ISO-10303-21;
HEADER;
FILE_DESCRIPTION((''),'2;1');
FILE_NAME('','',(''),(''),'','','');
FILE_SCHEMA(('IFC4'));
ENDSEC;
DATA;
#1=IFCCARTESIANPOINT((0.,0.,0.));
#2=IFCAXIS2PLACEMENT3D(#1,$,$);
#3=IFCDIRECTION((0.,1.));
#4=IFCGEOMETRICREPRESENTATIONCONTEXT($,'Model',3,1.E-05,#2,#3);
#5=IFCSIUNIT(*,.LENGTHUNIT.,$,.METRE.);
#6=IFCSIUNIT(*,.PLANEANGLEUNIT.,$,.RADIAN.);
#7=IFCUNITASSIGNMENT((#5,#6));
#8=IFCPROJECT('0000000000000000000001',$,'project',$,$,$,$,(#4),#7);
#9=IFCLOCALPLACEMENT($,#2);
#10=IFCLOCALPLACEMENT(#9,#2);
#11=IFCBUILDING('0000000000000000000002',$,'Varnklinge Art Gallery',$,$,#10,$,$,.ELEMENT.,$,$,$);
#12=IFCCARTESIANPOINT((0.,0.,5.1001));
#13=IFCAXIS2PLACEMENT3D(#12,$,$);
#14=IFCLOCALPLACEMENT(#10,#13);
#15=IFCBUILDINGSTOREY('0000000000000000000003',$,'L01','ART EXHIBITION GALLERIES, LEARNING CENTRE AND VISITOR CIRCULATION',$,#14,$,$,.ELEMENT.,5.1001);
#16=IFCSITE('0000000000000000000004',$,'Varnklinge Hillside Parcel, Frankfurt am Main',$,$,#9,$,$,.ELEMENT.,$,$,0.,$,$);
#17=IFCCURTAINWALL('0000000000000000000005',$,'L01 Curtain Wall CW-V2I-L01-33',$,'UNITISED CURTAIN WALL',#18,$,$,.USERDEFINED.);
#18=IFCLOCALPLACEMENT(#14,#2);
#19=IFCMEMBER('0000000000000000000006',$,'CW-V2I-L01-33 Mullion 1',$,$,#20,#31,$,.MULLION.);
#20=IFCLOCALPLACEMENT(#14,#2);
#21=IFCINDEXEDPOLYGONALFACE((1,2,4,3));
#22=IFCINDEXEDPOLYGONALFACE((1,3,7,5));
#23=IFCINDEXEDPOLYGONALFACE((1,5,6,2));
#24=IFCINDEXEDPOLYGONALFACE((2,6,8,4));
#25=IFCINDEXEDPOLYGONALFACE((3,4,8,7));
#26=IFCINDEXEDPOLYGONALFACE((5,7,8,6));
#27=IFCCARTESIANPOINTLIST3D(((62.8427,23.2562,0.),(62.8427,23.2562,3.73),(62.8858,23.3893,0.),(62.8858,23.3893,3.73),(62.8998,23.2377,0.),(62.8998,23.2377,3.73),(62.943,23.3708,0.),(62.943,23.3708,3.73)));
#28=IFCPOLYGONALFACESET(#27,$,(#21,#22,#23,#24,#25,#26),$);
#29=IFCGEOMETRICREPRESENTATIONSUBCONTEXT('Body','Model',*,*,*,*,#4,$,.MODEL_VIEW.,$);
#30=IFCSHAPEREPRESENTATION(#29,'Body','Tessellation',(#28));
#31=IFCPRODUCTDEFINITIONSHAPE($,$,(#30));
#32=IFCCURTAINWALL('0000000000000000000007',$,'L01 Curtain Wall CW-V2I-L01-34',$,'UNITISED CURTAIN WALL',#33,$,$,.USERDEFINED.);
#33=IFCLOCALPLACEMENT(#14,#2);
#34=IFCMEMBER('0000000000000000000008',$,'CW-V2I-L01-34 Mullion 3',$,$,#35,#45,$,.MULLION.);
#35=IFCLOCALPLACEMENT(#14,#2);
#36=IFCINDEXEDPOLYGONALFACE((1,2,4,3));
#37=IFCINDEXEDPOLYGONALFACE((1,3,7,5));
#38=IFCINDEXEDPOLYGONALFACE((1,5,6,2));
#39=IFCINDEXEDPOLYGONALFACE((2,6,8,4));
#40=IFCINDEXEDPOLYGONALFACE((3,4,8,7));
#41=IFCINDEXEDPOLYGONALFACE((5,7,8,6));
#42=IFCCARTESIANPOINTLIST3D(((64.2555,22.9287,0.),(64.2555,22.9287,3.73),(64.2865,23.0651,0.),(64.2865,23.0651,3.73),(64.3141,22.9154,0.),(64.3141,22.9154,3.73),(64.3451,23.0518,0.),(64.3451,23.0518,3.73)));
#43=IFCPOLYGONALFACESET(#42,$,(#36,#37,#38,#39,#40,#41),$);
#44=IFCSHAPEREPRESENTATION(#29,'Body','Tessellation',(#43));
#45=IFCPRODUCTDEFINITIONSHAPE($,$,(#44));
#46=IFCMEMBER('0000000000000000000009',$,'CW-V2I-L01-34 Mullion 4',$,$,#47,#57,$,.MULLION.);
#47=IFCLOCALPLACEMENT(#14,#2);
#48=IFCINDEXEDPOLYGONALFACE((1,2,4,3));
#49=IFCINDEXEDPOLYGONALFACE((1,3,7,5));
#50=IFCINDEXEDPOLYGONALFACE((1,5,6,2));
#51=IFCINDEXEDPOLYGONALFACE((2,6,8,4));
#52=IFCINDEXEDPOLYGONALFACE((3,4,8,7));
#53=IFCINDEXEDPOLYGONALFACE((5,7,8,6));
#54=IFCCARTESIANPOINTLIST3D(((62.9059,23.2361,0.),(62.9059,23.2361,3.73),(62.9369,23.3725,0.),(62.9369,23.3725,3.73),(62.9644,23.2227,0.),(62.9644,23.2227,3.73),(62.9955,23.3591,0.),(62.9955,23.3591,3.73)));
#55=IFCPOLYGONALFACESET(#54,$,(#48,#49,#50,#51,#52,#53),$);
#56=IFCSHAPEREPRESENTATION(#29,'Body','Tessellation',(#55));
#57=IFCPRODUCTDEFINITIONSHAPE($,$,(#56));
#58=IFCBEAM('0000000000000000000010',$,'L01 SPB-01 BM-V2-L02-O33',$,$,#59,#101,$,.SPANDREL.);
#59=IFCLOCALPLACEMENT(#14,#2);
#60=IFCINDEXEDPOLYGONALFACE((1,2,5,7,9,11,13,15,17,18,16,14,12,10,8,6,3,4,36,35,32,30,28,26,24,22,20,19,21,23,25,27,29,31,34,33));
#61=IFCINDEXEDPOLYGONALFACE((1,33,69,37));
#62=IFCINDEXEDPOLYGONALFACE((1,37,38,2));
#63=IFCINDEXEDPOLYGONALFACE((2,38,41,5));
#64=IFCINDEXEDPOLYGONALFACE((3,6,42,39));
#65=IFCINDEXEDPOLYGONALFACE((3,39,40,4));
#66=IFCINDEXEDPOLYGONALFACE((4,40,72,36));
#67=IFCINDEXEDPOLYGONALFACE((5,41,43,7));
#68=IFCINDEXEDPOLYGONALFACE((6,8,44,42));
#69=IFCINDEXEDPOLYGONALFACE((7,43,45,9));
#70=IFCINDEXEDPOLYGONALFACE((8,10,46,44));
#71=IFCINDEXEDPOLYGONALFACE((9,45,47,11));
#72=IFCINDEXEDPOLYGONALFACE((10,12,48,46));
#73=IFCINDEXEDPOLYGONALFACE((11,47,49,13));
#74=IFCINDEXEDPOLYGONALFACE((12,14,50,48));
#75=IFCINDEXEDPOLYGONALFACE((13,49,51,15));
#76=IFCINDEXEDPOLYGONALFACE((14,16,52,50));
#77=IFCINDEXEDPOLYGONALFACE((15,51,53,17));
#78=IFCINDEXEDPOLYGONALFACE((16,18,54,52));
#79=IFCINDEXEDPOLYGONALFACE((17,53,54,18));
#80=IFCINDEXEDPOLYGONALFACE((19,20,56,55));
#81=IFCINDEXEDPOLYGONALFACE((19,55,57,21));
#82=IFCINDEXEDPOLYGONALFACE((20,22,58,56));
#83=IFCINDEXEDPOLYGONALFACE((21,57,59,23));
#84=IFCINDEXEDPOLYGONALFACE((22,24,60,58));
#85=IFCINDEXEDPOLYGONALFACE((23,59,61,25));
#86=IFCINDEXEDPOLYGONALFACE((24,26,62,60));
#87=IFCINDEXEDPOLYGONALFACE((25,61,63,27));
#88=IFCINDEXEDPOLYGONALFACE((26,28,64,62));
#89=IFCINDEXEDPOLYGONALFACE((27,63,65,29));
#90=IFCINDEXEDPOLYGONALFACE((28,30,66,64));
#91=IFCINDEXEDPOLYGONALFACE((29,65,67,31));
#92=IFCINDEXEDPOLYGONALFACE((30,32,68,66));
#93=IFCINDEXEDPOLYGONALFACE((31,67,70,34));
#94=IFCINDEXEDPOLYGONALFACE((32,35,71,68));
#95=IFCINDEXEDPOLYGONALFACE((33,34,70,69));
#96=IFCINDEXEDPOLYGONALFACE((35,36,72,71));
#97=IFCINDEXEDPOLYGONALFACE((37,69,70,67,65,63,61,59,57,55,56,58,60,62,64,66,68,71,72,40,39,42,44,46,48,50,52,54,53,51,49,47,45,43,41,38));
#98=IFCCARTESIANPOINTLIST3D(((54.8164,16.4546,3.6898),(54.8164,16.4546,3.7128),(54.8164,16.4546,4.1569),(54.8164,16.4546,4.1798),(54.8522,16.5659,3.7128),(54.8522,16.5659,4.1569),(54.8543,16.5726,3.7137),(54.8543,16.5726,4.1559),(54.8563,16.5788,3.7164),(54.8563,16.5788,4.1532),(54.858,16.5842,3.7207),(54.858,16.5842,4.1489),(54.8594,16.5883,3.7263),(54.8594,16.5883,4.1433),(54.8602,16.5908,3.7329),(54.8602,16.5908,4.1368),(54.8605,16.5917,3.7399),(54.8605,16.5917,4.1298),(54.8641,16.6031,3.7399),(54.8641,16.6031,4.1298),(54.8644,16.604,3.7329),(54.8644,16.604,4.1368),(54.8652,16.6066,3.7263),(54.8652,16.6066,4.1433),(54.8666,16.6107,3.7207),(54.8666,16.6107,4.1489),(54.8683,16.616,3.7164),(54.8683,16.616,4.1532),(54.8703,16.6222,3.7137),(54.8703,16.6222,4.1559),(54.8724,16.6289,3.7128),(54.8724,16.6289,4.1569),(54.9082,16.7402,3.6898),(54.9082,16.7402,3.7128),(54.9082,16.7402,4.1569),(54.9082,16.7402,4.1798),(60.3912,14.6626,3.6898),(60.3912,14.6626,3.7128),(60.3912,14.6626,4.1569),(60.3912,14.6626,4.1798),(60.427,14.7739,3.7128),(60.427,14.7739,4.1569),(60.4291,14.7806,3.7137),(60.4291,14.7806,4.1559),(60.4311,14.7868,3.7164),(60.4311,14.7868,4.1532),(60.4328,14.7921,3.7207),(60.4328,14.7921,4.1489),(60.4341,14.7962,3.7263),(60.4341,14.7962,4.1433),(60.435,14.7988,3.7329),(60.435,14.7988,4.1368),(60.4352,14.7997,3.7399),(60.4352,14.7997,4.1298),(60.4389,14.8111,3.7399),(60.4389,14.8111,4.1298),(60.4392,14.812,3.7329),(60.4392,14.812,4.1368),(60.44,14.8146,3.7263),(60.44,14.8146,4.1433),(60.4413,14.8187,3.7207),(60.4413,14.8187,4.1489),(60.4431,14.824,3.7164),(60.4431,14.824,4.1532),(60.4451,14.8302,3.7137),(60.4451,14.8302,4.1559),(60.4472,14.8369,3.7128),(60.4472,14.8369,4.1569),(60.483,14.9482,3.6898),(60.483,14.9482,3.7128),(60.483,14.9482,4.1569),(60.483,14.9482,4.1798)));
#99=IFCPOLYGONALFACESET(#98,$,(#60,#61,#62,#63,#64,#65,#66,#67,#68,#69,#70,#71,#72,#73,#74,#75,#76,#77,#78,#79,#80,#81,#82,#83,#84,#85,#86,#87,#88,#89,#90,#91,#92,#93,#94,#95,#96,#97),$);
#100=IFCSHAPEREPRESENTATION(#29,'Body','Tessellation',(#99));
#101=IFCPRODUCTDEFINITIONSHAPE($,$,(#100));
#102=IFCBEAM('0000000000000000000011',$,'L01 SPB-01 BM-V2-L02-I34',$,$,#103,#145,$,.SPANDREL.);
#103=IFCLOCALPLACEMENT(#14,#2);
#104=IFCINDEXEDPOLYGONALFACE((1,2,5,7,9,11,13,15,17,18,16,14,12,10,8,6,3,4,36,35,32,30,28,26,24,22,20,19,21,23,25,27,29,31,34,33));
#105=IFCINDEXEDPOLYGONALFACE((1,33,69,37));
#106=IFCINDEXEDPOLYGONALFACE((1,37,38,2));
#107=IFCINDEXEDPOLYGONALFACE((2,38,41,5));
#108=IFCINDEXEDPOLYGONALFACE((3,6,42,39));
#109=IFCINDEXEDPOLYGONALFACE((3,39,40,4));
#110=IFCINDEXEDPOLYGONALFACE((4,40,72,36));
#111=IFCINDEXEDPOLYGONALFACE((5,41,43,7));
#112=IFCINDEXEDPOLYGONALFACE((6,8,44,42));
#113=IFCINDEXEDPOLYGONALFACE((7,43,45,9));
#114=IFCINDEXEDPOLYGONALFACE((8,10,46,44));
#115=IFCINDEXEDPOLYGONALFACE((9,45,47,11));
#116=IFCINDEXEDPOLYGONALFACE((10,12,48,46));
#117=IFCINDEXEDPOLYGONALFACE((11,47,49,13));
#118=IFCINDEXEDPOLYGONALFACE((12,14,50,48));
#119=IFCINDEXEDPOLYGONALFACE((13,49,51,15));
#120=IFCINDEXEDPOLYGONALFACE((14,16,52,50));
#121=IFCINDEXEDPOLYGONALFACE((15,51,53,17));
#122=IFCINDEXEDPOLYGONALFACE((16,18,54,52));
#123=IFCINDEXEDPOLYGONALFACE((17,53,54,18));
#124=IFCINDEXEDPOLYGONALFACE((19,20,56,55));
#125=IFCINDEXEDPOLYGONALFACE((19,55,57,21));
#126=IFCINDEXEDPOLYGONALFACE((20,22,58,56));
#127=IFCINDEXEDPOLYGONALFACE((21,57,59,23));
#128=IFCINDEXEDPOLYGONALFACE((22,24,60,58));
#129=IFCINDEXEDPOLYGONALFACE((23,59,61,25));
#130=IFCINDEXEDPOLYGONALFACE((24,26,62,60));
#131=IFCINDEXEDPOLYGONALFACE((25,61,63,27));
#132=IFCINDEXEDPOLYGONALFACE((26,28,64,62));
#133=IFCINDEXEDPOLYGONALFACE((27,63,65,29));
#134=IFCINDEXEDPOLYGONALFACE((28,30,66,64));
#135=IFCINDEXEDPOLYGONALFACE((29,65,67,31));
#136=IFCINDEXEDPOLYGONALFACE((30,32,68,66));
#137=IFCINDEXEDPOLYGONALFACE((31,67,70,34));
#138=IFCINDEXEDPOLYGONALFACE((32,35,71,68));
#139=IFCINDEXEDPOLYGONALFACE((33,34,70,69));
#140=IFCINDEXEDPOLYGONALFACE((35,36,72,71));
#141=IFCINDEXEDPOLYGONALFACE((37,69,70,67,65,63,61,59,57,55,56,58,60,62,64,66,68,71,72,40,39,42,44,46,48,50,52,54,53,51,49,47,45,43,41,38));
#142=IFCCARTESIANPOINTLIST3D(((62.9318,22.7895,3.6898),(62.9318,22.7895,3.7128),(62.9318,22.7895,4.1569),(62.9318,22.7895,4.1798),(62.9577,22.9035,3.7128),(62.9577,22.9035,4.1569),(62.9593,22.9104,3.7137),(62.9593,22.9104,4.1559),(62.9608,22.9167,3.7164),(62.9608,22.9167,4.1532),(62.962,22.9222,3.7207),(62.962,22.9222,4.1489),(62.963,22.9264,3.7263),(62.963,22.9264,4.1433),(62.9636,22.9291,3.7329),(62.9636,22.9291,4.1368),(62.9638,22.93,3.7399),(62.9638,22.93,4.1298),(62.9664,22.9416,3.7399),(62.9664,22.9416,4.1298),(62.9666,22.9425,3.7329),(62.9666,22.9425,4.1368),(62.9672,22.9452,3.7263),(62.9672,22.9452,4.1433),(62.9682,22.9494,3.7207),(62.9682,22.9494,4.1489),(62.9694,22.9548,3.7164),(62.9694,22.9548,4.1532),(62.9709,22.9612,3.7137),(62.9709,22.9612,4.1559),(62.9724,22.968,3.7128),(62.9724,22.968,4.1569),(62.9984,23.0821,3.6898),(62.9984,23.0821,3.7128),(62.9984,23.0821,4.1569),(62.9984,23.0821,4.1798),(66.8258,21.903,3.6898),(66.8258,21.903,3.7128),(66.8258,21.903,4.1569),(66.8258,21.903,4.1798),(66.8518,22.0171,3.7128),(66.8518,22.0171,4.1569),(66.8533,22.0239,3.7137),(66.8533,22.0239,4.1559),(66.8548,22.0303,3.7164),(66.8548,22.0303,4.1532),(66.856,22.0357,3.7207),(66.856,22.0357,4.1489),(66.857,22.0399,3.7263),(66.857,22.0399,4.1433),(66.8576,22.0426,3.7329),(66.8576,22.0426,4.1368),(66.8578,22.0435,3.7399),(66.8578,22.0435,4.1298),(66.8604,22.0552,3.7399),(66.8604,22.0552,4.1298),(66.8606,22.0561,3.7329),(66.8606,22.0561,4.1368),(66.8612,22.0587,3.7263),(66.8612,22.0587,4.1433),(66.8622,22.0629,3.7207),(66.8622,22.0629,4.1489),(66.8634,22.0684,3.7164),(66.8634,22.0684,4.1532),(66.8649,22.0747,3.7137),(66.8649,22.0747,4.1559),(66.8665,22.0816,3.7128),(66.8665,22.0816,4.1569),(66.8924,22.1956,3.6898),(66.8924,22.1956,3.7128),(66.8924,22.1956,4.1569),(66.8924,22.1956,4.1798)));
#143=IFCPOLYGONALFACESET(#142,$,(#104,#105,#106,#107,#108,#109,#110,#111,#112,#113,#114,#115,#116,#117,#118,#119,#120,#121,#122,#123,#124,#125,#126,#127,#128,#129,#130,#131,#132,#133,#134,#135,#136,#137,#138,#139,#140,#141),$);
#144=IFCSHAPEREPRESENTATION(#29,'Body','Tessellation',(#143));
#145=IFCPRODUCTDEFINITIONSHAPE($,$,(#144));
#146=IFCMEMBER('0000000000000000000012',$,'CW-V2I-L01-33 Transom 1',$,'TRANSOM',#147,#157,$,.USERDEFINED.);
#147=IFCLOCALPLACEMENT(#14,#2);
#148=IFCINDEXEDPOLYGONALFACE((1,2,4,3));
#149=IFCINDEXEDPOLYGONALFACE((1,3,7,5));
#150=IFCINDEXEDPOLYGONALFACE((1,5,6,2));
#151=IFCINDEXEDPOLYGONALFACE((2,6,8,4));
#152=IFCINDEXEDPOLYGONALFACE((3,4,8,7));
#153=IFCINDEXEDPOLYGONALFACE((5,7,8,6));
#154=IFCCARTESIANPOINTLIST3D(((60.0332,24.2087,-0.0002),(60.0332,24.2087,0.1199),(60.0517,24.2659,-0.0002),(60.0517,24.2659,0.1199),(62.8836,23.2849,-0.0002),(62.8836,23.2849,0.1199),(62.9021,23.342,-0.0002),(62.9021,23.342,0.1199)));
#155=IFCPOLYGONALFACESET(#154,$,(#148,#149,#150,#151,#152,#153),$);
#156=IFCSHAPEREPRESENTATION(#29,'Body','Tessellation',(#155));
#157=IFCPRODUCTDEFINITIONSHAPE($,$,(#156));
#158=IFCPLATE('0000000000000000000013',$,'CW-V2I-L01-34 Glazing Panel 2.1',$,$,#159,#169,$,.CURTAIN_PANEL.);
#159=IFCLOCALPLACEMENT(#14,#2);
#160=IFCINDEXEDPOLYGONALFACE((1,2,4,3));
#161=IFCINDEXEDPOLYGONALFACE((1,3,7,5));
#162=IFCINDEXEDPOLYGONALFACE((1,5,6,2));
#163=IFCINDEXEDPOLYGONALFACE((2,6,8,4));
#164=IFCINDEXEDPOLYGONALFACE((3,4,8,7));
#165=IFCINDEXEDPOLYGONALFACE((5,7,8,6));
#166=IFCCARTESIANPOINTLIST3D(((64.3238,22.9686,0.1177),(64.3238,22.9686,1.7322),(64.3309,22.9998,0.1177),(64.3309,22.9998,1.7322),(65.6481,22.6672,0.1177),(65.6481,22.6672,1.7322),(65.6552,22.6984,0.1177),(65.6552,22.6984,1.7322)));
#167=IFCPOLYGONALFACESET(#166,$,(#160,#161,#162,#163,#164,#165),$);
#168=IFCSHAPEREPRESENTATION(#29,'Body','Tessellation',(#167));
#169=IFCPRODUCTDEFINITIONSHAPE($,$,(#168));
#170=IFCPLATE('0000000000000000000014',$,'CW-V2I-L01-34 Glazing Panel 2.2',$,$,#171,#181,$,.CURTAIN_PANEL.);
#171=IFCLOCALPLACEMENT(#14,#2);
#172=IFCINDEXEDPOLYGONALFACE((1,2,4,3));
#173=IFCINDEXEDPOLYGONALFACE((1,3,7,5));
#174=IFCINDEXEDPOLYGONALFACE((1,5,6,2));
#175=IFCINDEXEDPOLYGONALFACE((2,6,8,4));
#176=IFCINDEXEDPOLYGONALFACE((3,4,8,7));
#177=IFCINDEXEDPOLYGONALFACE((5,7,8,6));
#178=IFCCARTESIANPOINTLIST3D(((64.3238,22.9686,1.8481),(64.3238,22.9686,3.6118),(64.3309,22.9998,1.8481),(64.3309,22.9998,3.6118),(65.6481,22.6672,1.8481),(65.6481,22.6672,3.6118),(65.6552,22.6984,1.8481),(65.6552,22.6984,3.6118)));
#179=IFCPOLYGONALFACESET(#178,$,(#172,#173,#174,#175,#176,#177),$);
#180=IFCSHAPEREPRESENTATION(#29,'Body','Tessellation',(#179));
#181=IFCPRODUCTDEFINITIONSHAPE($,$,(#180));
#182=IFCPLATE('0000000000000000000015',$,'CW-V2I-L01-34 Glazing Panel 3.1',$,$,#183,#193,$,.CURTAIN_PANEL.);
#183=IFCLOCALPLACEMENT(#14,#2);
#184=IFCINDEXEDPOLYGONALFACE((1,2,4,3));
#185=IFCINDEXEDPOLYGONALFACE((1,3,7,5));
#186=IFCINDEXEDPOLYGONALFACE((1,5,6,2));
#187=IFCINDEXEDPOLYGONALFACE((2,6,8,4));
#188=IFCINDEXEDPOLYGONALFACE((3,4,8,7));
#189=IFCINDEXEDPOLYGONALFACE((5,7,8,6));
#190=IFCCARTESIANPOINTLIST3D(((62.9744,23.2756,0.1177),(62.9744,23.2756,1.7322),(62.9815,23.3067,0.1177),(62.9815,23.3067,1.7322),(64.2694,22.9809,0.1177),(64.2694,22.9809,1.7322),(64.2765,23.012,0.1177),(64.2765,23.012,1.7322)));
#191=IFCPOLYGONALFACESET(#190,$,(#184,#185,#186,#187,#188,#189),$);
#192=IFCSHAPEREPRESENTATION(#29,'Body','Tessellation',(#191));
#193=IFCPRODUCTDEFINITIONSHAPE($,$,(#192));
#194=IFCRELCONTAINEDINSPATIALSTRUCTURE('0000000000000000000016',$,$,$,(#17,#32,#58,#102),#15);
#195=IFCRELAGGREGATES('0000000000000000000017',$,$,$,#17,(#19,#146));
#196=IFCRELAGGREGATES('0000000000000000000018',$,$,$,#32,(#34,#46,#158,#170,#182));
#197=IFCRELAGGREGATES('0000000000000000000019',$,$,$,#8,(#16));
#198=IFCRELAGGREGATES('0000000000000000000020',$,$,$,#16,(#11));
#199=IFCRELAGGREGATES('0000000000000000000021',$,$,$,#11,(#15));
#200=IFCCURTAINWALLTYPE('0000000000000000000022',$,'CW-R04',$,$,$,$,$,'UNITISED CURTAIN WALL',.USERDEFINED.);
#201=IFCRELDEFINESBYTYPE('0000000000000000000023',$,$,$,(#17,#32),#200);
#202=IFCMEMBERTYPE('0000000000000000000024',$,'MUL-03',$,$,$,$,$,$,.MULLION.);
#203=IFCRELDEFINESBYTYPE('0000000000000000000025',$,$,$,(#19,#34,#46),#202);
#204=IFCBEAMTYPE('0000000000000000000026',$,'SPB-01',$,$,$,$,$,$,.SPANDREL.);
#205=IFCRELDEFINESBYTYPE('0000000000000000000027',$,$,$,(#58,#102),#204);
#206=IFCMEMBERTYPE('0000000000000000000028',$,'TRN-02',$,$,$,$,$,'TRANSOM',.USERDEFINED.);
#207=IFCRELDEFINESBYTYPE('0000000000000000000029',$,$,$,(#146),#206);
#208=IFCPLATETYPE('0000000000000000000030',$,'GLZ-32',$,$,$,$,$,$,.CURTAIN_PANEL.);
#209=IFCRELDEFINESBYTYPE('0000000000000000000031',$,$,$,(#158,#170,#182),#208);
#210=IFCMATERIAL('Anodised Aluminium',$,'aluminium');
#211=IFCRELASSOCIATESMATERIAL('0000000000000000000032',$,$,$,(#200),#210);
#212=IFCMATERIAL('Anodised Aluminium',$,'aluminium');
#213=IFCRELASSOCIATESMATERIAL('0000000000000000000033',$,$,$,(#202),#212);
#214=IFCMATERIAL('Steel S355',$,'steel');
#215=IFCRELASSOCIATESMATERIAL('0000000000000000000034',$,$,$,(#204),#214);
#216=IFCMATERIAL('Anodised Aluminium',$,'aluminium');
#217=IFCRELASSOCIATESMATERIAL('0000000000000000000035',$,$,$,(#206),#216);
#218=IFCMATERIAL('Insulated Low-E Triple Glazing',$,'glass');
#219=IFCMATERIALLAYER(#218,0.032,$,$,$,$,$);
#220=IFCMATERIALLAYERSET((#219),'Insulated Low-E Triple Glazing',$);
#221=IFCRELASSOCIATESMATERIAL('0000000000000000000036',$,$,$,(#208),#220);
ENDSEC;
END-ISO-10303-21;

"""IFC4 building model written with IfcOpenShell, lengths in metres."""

from ifc_helpers import new_model, si_unit, direction, frame, origin, origin_2d, place, context, subcontext, project, spatial, rectangle, i_section, extrude, material, layer, layer_set, material_profile, profile_set, type_object, element, aggregate, save


model = new_model("IFC4")

# Units and contexts
model_context = context("Model", 3, precision=1e-05, world=origin(), true_north=direction((0.0, 1.0)))
body_context = subcontext(model_context, "Body", "Model", "MODEL_VIEW")
ifc_project = project(units=[si_unit("LENGTHUNIT", "METRE"), si_unit("PLANEANGLEUNIT", "RADIAN")], contexts=[model_context])

# Site, building, storey
site_placement = place(None, origin())
site = spatial("IfcSite", under=ifc_project, at=site_placement, Name="Varnklinge Hillside Parcel, Frankfurt am Main", CompositionType="ELEMENT", RefElevation=0.0)
building_placement = place(site_placement, origin())
building = spatial("IfcBuilding", under=site, at=building_placement, Name="Varnklinge Art Gallery", CompositionType="ELEMENT")
storey_placement = place(building_placement, frame((0.0, 0.0, 5.1001)))
storey = spatial("IfcBuildingStorey", under=building, at=storey_placement, Name="L01", Description="ART EXHIBITION GALLERIES, LEARNING CENTRE AND VISITOR CIRCULATION", CompositionType="ELEMENT", Elevation=5.1001)

# Curtain wall, member
ifc_material_1 = material(Name="Anodised Aluminium", Category="aluminium")
curtain_wall_type = type_object("IfcCurtainWallType", Name="CW-R04", ElementType="UNITISED CURTAIN WALL", PredefinedType="USERDEFINED", material=ifc_material_1)
curtain_wall_1_placement = place(storey_placement, origin())
curtain_wall_1 = element("IfcCurtainWall", 1, at=curtain_wall_1_placement, inside=storey, type_object=curtain_wall_type, Name="L01 Curtain Wall CW-V2I-L01-33", ObjectType="UNITISED CURTAIN WALL", PredefinedType="USERDEFINED")
ifc_material_2 = material(Name="Anodised Aluminium", Category="aluminium")
ifc_material_profile_1 = material_profile(ifc_material_2, rectangle(XDim=0.0601, YDim=0.1399, at=origin_2d()), Name="ALU 60x140")
ifc_profile_set_1 = profile_set([ifc_material_profile_1], Name="Anodised Aluminium")
member_type_1 = type_object("IfcMemberType", Name="MUL-03", PredefinedType="MULLION", material=ifc_profile_set_1)
member_1_placement = place(storey_placement, frame((62.8928, 23.3135, 0.0), z_axis=(0.0, 0.0, 1.0), x_axis=(-0.951272, 0.308353, 0.0)))
member_1 = element("IfcMember", 2, at=member_1_placement, type_object=member_type_1, Name="CW-V2I-L01-33 Mullion 1", PredefinedType="MULLION", context=body_context, shape_type="SweptSolid", body=[
    extrude(rectangle(XDim=0.0601, YDim=0.1399, at=origin_2d()), origin(), (0.0, 0.0, 1.0), 3.73),
])

# Curtain wall, members
curtain_wall_2_placement = place(storey_placement, origin())
curtain_wall_2 = element("IfcCurtainWall", 3, at=curtain_wall_2_placement, inside=storey, type_object=curtain_wall_type, Name="L01 Curtain Wall CW-V2I-L01-34", ObjectType="UNITISED CURTAIN WALL", PredefinedType="USERDEFINED")
member_2_placement = place(storey_placement, frame((64.3003, 22.9902, 0.0), z_axis=(0.0, 0.0, 1.0), x_axis=(-0.975072, 0.221889, 0.0)))
member_2 = element("IfcMember", 4, at=member_2_placement, type_object=member_type_1, Name="CW-V2I-L01-34 Mullion 3", PredefinedType="MULLION", context=body_context, shape_type="SweptSolid", body=[
    extrude(rectangle(XDim=0.0601, YDim=0.1399, at=origin_2d()), origin(), (0.0, 0.0, 1.0), 3.73),
])
member_3_placement = place(storey_placement, frame((62.9507, 23.2976, 0.0), z_axis=(0.0, 0.0, 1.0), x_axis=(-0.975072, 0.221889, 0.0)))
member_3 = element("IfcMember", 5, at=member_3_placement, type_object=member_type_1, Name="CW-V2I-L01-34 Mullion 4", PredefinedType="MULLION", context=body_context, shape_type="SweptSolid", body=[
    extrude(rectangle(XDim=0.0601, YDim=0.1399, at=origin_2d()), origin(), (0.0, 0.0, 1.0), 3.73),
])

# Beams
ifc_material_3 = material(Name="Steel S355", Category="steel")
ifc_material_profile_2 = material_profile(ifc_material_3, i_section(OverallWidth=0.3, OverallDepth=0.49, WebThickness=0.012, FlangeThickness=0.0229, FilletRadius=0.0271, at=origin_2d()), Name="HEA 500")
ifc_profile_set_2 = profile_set([ifc_material_profile_2], Name="Steel S355")
beam_type_1 = type_object("IfcBeamType", Name="SPB-01", PredefinedType="SPANDREL", material=ifc_profile_set_2)
beam_1_placement = place(storey_placement, frame((54.8623, 16.5974, 3.9348), z_axis=(0.952022, -0.306028, 0.0), x_axis=(0.306028, 0.952022, 0.0)))
element("IfcBeam", 6, at=beam_1_placement, inside=storey, type_object=beam_type_1, Name="L01 SPB-01 BM-V2-L02-O33", PredefinedType="SPANDREL", context=body_context, shape_type="SweptSolid", body=[
    extrude(i_section(OverallWidth=0.3, OverallDepth=0.49, WebThickness=0.012, FlangeThickness=0.0229, FilletRadius=0.0271, at=origin_2d()), origin(), (0.0, 0.0, 1.0), 5.8557),
])
beam_2_placement = place(storey_placement, frame((62.9651, 22.9358, 3.9348), z_axis=(0.975054, -0.22197, 0.0), x_axis=(0.22197, 0.975054, 0.0)))
element("IfcBeam", 7, at=beam_2_placement, inside=storey, type_object=beam_type_1, Name="L01 SPB-01 BM-V2-L02-I34", PredefinedType="SPANDREL", context=body_context, shape_type="SweptSolid", body=[
    extrude(i_section(OverallWidth=0.3, OverallDepth=0.49, WebThickness=0.012, FlangeThickness=0.0229, FilletRadius=0.0271, at=origin_2d()), origin(), (0.0, 0.0, 1.0), 3.9937),
])

# Member
ifc_material_4 = material(Name="Anodised Aluminium", Category="aluminium")
ifc_material_profile_3 = material_profile(ifc_material_4, rectangle(XDim=0.0601, YDim=0.1201, at=origin_2d()), Name="ALU 60x120")
ifc_profile_set_3 = profile_set([ifc_material_profile_3], Name="Anodised Aluminium")
member_type_2 = type_object("IfcMemberType", Name="TRN-02", ElementType="TRANSOM", PredefinedType="USERDEFINED", material=ifc_profile_set_3)
member_4_placement = place(storey_placement, frame((62.8928, 23.3135, 0.0598), z_axis=(-0.951282, 0.308321, 0.0), x_axis=(-0.308321, -0.951282, 0.0)))
member_4 = element("IfcMember", 8, at=member_4_placement, type_object=member_type_2, Name="CW-V2I-L01-33 Transom 1", ObjectType="TRANSOM", PredefinedType="USERDEFINED", context=body_context, shape_type="SweptSolid", body=[
    extrude(rectangle(XDim=0.0601, YDim=0.1201, at=origin_2d()), origin(), (0.0, 0.0, 1.0), 2.9963),
])
aggregate(curtain_wall_1, [member_1, member_4])

# Plates
ifc_material_5 = material(Name="Insulated Low-E Triple Glazing", Category="glass")
ifc_layer_1 = layer(ifc_material_5, 0.032)
ifc_layer_set_1 = layer_set([ifc_layer_1], Name="Insulated Low-E Triple Glazing")
plate_type_1 = type_object("IfcPlateType", Name="GLZ-32", PredefinedType="CURTAIN_PANEL", material=ifc_layer_set_1)
plate_1_placement = place(storey_placement, frame((64.9895, 22.8335, 0.1177), z_axis=(0.0, 0.0, 1.0), x_axis=(-0.975072, 0.221889, 0.0)))
plate_1 = element("IfcPlate", 9, at=plate_1_placement, type_object=plate_type_1, Name="CW-V2I-L01-34 Glazing Panel 2.1", PredefinedType="CURTAIN_PANEL", context=body_context, shape_type="SweptSolid", body=[
    extrude(rectangle(XDim=1.3582, YDim=0.032, at=origin_2d()), origin(), (0.0, 0.0, 1.0), 1.6145),
])
plate_2_placement = place(storey_placement, frame((64.9895, 22.8335, 1.8481), z_axis=(0.0, 0.0, 1.0), x_axis=(-0.975072, 0.221889, 0.0)))
plate_2 = element("IfcPlate", 10, at=plate_2_placement, type_object=plate_type_1, Name="CW-V2I-L01-34 Glazing Panel 2.2", PredefinedType="CURTAIN_PANEL", context=body_context, shape_type="SweptSolid", body=[
    extrude(rectangle(XDim=1.3582, YDim=0.032, at=origin_2d()), origin(), (0.0, 0.0, 1.0), 1.7637),
])
plate_3_placement = place(storey_placement, frame((63.6255, 23.1438, 0.1177), z_axis=(0.0, 0.0, 1.0), x_axis=(-0.975072, 0.221889, 0.0)))
plate_3 = element("IfcPlate", 11, at=plate_3_placement, type_object=plate_type_1, Name="CW-V2I-L01-34 Glazing Panel 3.1", PredefinedType="CURTAIN_PANEL", context=body_context, shape_type="SweptSolid", body=[
    extrude(rectangle(XDim=1.3281, YDim=0.032, at=origin_2d()), origin(), (0.0, 0.0, 1.0), 1.6145),
])
aggregate(curtain_wall_2, [member_2, member_3, plate_1, plate_2, plate_3])

save(model, "model.ifc")
